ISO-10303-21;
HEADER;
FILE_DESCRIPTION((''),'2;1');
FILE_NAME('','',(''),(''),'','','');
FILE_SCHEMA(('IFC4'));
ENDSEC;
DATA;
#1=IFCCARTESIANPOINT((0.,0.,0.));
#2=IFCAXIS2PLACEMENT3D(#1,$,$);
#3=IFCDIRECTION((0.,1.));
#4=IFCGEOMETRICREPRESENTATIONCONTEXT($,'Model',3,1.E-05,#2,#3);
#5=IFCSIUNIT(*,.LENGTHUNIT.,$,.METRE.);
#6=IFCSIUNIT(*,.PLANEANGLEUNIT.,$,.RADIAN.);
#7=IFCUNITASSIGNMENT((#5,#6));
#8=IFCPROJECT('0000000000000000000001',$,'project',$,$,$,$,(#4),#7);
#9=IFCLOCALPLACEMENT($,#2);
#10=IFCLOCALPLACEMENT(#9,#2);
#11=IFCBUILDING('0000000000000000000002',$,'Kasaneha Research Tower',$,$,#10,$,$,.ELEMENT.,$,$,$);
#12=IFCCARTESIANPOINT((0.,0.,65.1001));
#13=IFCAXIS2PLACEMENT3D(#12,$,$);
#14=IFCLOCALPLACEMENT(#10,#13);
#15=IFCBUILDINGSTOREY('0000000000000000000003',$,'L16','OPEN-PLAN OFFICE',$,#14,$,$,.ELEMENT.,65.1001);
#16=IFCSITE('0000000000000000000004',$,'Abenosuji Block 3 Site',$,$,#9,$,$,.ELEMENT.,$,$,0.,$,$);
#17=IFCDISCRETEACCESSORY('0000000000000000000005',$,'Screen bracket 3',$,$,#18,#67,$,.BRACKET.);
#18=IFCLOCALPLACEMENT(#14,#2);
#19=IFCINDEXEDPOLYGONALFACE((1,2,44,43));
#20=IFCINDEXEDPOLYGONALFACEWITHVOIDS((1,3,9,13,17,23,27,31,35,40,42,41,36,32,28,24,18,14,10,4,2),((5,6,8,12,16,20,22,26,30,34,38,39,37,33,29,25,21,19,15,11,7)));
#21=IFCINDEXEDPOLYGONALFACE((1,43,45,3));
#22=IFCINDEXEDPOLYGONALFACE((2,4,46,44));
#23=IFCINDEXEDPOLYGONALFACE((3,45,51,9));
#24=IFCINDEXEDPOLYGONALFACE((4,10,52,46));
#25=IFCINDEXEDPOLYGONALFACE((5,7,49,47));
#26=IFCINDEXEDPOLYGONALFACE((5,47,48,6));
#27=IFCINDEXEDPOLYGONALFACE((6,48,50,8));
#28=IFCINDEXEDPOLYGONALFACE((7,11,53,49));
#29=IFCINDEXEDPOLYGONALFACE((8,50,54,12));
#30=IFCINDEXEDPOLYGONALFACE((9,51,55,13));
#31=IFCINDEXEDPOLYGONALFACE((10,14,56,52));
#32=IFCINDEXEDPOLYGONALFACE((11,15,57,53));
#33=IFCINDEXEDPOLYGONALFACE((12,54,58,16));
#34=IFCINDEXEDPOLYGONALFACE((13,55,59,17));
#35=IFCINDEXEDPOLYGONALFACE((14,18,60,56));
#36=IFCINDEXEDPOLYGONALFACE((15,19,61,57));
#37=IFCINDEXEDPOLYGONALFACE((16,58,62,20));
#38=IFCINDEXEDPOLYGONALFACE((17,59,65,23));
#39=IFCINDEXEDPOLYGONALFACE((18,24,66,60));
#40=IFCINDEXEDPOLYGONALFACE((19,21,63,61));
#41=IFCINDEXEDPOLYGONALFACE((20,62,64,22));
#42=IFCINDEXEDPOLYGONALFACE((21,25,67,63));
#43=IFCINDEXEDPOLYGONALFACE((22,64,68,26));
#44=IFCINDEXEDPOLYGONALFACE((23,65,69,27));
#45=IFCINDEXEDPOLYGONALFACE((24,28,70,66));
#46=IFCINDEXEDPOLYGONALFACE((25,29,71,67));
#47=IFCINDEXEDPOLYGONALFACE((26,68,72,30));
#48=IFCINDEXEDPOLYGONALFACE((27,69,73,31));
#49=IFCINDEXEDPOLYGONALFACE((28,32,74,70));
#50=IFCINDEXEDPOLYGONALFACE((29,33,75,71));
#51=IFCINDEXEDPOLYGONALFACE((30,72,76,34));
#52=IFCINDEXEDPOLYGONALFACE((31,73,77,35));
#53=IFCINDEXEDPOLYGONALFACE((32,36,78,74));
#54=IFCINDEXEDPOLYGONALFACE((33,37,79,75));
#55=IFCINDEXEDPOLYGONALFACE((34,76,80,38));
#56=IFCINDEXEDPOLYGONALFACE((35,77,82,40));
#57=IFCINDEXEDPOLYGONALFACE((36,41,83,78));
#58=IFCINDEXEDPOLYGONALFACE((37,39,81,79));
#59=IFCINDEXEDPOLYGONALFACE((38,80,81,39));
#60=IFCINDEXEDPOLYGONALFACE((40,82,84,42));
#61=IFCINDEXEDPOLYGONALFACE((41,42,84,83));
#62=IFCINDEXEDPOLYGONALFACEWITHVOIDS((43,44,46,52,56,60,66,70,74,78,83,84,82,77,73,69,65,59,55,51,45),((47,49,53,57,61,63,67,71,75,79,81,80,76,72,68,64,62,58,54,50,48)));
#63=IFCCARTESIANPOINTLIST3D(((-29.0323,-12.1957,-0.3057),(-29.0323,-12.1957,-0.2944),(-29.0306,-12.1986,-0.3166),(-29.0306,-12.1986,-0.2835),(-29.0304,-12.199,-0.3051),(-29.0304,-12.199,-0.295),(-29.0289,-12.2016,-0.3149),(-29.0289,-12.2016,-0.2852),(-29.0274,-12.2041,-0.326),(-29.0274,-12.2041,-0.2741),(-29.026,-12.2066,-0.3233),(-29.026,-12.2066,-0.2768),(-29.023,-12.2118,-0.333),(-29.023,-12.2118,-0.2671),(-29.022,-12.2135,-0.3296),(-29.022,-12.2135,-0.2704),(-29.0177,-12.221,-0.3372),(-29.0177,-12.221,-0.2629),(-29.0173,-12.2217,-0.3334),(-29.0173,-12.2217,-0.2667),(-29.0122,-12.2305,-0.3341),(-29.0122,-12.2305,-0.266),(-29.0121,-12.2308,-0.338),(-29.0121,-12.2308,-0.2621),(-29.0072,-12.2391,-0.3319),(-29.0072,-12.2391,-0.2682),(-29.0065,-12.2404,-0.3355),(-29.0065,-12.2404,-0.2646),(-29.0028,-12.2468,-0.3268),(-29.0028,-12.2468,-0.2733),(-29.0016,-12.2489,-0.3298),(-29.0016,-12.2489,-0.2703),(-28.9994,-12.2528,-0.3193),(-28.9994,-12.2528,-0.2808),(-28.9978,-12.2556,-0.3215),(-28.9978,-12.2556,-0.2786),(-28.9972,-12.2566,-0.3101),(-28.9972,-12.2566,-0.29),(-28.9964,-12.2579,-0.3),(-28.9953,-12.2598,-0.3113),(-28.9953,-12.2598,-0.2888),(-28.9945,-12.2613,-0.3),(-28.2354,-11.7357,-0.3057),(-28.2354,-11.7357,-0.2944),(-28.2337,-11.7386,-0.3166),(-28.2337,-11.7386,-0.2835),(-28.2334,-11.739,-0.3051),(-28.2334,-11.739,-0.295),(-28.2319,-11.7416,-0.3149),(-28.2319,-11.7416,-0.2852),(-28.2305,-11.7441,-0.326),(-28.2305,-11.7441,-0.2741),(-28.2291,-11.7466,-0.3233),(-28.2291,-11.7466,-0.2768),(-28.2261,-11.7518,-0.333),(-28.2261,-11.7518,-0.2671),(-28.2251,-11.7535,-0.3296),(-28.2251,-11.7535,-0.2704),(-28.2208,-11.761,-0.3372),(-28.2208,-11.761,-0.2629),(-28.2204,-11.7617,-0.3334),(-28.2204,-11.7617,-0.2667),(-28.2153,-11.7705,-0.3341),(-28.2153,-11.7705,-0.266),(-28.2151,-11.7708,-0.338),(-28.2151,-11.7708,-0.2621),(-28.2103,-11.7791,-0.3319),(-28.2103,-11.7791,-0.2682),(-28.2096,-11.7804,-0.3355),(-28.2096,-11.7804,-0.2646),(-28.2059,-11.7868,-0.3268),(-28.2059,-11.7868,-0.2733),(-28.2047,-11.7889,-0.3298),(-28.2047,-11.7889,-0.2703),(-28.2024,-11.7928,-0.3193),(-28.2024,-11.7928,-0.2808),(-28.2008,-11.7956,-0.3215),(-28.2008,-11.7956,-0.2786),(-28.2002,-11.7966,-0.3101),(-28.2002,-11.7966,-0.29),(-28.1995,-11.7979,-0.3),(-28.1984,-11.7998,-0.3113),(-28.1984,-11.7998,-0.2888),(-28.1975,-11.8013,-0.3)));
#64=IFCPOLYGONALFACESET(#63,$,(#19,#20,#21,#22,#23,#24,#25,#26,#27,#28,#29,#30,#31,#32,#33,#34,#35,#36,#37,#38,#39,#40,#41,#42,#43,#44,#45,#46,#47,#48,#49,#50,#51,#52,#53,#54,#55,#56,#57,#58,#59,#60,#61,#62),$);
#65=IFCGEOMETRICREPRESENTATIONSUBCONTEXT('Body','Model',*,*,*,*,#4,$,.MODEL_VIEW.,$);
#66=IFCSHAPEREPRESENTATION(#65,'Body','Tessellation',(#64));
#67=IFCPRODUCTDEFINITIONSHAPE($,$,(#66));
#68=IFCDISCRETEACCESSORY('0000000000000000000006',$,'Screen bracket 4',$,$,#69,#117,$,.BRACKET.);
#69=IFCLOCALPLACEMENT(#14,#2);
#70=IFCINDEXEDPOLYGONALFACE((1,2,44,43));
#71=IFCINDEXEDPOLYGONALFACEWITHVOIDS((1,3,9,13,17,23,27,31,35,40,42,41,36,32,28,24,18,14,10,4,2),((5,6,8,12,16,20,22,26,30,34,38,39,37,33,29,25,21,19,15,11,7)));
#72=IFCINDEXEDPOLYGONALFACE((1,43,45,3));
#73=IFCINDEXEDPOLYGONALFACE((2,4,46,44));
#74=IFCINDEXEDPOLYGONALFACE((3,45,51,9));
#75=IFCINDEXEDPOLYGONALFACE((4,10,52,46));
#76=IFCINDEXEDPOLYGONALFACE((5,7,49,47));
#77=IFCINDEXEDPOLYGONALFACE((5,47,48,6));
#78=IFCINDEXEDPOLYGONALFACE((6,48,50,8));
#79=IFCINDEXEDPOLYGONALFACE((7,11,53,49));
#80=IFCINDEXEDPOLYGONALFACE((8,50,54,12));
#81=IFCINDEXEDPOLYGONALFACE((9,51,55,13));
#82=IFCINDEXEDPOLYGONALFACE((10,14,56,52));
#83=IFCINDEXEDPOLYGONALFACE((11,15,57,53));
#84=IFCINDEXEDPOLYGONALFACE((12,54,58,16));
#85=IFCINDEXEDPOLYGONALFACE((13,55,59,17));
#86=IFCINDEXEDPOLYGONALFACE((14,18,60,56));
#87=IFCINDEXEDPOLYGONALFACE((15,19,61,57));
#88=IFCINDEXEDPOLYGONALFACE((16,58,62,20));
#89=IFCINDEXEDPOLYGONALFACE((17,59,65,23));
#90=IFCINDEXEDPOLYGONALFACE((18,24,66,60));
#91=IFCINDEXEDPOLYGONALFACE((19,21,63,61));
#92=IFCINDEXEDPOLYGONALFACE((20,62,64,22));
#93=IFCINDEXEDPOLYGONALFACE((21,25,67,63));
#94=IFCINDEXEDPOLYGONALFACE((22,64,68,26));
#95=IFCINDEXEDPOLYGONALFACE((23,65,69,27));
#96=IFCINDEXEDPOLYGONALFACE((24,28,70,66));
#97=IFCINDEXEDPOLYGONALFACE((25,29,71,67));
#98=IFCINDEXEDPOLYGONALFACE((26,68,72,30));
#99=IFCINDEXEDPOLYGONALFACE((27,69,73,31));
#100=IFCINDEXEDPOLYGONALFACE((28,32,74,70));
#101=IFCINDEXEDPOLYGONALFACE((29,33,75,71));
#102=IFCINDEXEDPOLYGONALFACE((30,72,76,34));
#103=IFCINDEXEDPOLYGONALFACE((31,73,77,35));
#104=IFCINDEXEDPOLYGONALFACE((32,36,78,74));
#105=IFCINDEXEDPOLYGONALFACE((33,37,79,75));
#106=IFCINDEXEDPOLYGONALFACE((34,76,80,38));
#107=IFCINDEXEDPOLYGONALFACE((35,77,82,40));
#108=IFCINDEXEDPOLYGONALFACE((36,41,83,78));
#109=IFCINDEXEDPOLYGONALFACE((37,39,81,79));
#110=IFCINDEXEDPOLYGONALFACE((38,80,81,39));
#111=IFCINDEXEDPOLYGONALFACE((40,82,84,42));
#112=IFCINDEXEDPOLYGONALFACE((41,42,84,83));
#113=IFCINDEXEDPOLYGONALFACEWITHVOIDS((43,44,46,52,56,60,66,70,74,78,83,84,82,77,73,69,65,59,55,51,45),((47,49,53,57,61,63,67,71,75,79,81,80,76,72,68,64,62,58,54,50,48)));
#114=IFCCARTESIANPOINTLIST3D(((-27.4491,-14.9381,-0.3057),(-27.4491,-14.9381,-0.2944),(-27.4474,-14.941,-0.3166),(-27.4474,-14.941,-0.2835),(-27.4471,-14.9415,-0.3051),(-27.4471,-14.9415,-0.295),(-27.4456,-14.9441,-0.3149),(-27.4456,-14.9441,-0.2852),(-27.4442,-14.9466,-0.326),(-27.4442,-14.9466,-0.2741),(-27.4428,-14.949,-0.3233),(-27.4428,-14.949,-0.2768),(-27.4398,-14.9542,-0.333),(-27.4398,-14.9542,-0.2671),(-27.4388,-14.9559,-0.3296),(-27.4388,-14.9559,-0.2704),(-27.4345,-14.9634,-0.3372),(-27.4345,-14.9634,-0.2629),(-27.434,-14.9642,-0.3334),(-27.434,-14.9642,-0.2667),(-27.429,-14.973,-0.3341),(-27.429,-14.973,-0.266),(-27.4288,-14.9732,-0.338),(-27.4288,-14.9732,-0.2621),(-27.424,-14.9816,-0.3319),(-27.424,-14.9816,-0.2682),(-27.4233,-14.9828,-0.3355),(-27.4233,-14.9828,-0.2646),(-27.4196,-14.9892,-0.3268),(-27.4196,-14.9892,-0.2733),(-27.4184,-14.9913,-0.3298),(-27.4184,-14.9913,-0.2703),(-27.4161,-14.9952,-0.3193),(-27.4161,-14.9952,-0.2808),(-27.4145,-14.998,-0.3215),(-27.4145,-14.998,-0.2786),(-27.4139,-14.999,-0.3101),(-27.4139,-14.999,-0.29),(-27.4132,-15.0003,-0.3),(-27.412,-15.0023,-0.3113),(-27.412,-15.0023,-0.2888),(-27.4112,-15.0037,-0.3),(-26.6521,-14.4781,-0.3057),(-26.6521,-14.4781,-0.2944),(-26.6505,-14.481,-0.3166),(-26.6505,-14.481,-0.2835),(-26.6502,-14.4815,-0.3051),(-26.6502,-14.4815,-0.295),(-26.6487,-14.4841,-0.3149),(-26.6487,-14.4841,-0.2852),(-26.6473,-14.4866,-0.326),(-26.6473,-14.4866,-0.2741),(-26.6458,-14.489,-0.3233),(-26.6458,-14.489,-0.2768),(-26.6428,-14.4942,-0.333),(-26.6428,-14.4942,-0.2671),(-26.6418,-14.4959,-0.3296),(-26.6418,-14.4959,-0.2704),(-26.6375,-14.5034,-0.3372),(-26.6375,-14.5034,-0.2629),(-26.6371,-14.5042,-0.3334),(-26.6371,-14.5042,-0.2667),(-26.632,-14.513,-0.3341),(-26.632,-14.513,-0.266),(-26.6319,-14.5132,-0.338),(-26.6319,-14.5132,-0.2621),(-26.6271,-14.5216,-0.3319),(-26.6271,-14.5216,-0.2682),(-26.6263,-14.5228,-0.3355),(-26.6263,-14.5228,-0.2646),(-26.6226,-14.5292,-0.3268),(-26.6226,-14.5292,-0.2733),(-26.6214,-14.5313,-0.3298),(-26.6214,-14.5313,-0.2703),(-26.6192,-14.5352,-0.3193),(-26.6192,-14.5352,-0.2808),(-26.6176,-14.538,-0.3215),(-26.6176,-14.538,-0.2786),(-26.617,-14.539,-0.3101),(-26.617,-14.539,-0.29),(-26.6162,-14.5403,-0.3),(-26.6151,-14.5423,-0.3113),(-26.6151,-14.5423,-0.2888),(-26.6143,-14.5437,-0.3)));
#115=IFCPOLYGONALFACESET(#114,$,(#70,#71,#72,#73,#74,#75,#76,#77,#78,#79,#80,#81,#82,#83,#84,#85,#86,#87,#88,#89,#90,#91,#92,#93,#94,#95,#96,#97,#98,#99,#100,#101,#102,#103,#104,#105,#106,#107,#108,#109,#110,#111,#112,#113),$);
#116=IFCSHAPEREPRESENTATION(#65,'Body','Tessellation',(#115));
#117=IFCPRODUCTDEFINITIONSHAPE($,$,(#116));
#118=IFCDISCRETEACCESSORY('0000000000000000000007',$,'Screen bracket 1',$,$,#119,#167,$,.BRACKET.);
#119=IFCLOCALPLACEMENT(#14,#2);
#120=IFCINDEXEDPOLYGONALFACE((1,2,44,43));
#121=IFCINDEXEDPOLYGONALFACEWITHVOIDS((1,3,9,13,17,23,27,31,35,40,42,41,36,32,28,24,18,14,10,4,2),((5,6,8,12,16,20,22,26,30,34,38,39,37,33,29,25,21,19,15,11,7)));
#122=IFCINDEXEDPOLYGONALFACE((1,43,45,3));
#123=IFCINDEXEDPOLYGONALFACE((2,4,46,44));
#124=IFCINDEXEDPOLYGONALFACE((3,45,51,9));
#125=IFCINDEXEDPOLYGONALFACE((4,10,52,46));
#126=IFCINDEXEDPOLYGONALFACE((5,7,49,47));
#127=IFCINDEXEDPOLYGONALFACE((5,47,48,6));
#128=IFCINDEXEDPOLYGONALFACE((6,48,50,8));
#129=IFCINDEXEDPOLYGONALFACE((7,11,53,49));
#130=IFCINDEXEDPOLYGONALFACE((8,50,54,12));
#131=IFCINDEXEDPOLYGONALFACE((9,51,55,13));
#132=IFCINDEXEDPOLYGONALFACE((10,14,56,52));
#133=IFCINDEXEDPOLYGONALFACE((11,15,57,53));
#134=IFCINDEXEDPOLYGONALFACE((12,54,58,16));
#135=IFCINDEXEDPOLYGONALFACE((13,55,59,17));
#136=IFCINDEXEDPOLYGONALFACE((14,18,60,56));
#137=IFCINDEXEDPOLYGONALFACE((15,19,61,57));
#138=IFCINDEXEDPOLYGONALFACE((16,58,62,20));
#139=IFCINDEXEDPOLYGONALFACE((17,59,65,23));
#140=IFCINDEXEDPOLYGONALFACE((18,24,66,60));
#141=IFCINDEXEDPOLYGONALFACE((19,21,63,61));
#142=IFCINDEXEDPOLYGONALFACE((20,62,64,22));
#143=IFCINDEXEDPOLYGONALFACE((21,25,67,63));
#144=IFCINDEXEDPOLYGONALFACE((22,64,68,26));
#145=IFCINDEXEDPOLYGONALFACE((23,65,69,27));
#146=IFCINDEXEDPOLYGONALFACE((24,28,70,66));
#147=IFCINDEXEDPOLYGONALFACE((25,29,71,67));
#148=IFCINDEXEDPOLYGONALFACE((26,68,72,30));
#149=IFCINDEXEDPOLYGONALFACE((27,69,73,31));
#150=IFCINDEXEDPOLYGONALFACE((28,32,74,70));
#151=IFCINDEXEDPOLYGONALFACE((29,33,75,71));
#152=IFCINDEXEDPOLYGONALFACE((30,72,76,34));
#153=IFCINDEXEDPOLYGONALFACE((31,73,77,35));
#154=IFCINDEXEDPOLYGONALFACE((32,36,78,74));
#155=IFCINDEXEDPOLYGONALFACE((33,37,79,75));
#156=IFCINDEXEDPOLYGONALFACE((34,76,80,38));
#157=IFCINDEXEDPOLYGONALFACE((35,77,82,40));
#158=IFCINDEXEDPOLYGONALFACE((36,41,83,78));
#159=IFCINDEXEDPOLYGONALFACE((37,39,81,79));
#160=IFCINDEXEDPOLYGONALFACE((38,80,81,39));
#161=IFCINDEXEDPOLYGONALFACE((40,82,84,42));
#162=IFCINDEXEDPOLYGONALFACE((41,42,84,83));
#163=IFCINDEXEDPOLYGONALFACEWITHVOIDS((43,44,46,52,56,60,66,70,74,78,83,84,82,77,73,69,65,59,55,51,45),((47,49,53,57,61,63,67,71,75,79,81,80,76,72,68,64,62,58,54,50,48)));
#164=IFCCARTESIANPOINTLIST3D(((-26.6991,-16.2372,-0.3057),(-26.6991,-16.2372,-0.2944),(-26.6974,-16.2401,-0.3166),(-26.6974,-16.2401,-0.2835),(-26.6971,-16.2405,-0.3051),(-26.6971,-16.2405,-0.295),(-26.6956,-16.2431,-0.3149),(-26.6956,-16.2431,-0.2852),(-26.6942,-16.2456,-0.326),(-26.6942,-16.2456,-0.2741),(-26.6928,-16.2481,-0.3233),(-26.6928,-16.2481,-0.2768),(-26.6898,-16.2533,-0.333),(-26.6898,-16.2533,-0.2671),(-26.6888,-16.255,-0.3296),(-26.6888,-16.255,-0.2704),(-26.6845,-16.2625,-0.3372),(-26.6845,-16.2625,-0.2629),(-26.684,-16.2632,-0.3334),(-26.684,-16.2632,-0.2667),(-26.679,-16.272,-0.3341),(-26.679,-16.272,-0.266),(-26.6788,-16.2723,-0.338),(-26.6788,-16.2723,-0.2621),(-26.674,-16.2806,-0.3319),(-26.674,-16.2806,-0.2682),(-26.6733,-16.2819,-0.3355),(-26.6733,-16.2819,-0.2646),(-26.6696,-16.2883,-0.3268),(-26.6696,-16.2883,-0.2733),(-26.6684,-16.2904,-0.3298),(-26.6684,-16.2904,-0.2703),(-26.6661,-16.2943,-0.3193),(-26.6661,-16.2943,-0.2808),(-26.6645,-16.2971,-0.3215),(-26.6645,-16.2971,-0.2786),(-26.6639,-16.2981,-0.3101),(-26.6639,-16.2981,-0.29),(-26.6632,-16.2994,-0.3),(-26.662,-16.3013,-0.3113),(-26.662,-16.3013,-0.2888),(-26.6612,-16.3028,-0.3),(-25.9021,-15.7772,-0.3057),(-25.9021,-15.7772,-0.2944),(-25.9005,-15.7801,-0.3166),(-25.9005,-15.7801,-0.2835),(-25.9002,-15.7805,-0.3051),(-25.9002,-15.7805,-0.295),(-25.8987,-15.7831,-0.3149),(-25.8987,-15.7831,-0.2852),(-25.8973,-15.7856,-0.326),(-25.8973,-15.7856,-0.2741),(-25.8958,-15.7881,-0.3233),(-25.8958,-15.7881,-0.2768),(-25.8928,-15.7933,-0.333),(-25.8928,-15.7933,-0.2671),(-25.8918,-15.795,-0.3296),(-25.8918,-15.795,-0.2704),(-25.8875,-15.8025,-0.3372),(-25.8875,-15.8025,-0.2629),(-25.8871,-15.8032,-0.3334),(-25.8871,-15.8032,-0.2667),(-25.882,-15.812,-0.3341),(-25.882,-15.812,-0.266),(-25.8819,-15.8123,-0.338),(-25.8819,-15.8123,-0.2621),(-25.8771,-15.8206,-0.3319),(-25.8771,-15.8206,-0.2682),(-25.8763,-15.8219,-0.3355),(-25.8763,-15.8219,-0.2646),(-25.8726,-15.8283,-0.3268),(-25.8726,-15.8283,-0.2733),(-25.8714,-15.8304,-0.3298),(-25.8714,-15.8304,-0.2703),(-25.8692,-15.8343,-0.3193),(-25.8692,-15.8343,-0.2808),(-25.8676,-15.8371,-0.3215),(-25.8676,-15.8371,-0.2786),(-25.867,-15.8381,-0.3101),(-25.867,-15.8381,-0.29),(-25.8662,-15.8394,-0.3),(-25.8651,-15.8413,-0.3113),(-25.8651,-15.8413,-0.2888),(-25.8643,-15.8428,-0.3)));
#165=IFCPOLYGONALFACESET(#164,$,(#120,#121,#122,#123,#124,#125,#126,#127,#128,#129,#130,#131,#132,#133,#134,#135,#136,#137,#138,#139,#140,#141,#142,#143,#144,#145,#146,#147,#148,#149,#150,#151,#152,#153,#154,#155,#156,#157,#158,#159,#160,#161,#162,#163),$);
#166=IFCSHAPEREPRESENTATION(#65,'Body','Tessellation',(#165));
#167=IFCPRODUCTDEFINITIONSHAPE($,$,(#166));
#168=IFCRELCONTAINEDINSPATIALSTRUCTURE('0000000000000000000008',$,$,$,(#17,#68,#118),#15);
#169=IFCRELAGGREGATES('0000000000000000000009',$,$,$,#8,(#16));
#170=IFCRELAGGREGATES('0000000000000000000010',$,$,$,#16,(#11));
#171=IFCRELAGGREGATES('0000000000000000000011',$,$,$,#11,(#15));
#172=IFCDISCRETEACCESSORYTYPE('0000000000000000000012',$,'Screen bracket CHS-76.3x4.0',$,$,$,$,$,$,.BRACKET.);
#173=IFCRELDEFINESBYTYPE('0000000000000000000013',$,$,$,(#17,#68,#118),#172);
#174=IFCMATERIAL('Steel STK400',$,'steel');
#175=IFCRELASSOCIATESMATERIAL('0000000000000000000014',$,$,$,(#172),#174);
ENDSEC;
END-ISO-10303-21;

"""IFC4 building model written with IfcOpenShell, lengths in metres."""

from ifc_helpers import new_model, si_unit, direction, frame, origin, origin_2d, place, context, subcontext, project, spatial, hollow_circle, extrude, material, material_profile, profile_set, type_object, element, save


model = new_model("IFC4")

# Units and contexts
model_context = context("Model", 3, precision=1e-05, world=origin(), true_north=direction((0.0, 1.0)))
body_context = subcontext(model_context, "Body", "Model", "MODEL_VIEW")
ifc_project = project(units=[si_unit("LENGTHUNIT", "METRE"), si_unit("PLANEANGLEUNIT", "RADIAN")], contexts=[model_context])

# Site, building, storey
site_placement = place(None, origin())
site = spatial("IfcSite", under=ifc_project, at=site_placement, Name="Abenosuji Block 3 Site", CompositionType="ELEMENT", RefElevation=0.0)
building_placement = place(site_placement, origin())
building = spatial("IfcBuilding", under=site, at=building_placement, Name="Kasaneha Research Tower", CompositionType="ELEMENT")
storey_placement = place(building_placement, frame((0.0, 0.0, 65.1001)))
storey = spatial("IfcBuildingStorey", under=building, at=storey_placement, Name="L16", Description="OPEN-PLAN OFFICE", CompositionType="ELEMENT", Elevation=65.1001)

# Discrete accessories
ifc_material_1 = material(Name="Steel STK400", Category="steel")
ifc_material_profile_1 = material_profile(ifc_material_1, hollow_circle(Radius=0.0381, WallThickness=0.0039, at=origin_2d()), Name="CHS-76.3x4.0")
ifc_profile_set_1 = profile_set([ifc_material_profile_1], Name="Steel STK400")
discrete_accessory_type = type_object("IfcDiscreteAccessoryType", Name="Screen bracket CHS-76.3x4.0", PredefinedType="BRACKET", material=ifc_profile_set_1)
for number, where, z_axis, x_axis, name in (
    (1, (-28.2166, -11.7683, -0.3), (-0.86608, -0.499906, 0.0), (0.499906, -0.86608, 0.0), "Screen bracket 3"),
    (2, (-26.6333, -14.5107, -0.3), (-0.86608, -0.499906, 0.0), (0.499906, -0.86608, 0.0), "Screen bracket 4"),
    (3, (-25.8833, -15.8098, -0.3), (-0.86608, -0.499906, 0.0), (0.499906, -0.86608, 0.0), "Screen bracket 1"),
):
    element("IfcDiscreteAccessory", number, at=place(storey_placement, frame(where, z_axis=z_axis, x_axis=x_axis)), inside=storey, type_object=discrete_accessory_type, Name=name, PredefinedType="BRACKET", context=body_context, shape_type="SweptSolid", body=[
        extrude(hollow_circle(Radius=0.0381, WallThickness=0.0039, at=origin_2d()), origin(), (0.0, 0.0, 1.0), 0.9202),
    ])

save(model, "model.ifc")
